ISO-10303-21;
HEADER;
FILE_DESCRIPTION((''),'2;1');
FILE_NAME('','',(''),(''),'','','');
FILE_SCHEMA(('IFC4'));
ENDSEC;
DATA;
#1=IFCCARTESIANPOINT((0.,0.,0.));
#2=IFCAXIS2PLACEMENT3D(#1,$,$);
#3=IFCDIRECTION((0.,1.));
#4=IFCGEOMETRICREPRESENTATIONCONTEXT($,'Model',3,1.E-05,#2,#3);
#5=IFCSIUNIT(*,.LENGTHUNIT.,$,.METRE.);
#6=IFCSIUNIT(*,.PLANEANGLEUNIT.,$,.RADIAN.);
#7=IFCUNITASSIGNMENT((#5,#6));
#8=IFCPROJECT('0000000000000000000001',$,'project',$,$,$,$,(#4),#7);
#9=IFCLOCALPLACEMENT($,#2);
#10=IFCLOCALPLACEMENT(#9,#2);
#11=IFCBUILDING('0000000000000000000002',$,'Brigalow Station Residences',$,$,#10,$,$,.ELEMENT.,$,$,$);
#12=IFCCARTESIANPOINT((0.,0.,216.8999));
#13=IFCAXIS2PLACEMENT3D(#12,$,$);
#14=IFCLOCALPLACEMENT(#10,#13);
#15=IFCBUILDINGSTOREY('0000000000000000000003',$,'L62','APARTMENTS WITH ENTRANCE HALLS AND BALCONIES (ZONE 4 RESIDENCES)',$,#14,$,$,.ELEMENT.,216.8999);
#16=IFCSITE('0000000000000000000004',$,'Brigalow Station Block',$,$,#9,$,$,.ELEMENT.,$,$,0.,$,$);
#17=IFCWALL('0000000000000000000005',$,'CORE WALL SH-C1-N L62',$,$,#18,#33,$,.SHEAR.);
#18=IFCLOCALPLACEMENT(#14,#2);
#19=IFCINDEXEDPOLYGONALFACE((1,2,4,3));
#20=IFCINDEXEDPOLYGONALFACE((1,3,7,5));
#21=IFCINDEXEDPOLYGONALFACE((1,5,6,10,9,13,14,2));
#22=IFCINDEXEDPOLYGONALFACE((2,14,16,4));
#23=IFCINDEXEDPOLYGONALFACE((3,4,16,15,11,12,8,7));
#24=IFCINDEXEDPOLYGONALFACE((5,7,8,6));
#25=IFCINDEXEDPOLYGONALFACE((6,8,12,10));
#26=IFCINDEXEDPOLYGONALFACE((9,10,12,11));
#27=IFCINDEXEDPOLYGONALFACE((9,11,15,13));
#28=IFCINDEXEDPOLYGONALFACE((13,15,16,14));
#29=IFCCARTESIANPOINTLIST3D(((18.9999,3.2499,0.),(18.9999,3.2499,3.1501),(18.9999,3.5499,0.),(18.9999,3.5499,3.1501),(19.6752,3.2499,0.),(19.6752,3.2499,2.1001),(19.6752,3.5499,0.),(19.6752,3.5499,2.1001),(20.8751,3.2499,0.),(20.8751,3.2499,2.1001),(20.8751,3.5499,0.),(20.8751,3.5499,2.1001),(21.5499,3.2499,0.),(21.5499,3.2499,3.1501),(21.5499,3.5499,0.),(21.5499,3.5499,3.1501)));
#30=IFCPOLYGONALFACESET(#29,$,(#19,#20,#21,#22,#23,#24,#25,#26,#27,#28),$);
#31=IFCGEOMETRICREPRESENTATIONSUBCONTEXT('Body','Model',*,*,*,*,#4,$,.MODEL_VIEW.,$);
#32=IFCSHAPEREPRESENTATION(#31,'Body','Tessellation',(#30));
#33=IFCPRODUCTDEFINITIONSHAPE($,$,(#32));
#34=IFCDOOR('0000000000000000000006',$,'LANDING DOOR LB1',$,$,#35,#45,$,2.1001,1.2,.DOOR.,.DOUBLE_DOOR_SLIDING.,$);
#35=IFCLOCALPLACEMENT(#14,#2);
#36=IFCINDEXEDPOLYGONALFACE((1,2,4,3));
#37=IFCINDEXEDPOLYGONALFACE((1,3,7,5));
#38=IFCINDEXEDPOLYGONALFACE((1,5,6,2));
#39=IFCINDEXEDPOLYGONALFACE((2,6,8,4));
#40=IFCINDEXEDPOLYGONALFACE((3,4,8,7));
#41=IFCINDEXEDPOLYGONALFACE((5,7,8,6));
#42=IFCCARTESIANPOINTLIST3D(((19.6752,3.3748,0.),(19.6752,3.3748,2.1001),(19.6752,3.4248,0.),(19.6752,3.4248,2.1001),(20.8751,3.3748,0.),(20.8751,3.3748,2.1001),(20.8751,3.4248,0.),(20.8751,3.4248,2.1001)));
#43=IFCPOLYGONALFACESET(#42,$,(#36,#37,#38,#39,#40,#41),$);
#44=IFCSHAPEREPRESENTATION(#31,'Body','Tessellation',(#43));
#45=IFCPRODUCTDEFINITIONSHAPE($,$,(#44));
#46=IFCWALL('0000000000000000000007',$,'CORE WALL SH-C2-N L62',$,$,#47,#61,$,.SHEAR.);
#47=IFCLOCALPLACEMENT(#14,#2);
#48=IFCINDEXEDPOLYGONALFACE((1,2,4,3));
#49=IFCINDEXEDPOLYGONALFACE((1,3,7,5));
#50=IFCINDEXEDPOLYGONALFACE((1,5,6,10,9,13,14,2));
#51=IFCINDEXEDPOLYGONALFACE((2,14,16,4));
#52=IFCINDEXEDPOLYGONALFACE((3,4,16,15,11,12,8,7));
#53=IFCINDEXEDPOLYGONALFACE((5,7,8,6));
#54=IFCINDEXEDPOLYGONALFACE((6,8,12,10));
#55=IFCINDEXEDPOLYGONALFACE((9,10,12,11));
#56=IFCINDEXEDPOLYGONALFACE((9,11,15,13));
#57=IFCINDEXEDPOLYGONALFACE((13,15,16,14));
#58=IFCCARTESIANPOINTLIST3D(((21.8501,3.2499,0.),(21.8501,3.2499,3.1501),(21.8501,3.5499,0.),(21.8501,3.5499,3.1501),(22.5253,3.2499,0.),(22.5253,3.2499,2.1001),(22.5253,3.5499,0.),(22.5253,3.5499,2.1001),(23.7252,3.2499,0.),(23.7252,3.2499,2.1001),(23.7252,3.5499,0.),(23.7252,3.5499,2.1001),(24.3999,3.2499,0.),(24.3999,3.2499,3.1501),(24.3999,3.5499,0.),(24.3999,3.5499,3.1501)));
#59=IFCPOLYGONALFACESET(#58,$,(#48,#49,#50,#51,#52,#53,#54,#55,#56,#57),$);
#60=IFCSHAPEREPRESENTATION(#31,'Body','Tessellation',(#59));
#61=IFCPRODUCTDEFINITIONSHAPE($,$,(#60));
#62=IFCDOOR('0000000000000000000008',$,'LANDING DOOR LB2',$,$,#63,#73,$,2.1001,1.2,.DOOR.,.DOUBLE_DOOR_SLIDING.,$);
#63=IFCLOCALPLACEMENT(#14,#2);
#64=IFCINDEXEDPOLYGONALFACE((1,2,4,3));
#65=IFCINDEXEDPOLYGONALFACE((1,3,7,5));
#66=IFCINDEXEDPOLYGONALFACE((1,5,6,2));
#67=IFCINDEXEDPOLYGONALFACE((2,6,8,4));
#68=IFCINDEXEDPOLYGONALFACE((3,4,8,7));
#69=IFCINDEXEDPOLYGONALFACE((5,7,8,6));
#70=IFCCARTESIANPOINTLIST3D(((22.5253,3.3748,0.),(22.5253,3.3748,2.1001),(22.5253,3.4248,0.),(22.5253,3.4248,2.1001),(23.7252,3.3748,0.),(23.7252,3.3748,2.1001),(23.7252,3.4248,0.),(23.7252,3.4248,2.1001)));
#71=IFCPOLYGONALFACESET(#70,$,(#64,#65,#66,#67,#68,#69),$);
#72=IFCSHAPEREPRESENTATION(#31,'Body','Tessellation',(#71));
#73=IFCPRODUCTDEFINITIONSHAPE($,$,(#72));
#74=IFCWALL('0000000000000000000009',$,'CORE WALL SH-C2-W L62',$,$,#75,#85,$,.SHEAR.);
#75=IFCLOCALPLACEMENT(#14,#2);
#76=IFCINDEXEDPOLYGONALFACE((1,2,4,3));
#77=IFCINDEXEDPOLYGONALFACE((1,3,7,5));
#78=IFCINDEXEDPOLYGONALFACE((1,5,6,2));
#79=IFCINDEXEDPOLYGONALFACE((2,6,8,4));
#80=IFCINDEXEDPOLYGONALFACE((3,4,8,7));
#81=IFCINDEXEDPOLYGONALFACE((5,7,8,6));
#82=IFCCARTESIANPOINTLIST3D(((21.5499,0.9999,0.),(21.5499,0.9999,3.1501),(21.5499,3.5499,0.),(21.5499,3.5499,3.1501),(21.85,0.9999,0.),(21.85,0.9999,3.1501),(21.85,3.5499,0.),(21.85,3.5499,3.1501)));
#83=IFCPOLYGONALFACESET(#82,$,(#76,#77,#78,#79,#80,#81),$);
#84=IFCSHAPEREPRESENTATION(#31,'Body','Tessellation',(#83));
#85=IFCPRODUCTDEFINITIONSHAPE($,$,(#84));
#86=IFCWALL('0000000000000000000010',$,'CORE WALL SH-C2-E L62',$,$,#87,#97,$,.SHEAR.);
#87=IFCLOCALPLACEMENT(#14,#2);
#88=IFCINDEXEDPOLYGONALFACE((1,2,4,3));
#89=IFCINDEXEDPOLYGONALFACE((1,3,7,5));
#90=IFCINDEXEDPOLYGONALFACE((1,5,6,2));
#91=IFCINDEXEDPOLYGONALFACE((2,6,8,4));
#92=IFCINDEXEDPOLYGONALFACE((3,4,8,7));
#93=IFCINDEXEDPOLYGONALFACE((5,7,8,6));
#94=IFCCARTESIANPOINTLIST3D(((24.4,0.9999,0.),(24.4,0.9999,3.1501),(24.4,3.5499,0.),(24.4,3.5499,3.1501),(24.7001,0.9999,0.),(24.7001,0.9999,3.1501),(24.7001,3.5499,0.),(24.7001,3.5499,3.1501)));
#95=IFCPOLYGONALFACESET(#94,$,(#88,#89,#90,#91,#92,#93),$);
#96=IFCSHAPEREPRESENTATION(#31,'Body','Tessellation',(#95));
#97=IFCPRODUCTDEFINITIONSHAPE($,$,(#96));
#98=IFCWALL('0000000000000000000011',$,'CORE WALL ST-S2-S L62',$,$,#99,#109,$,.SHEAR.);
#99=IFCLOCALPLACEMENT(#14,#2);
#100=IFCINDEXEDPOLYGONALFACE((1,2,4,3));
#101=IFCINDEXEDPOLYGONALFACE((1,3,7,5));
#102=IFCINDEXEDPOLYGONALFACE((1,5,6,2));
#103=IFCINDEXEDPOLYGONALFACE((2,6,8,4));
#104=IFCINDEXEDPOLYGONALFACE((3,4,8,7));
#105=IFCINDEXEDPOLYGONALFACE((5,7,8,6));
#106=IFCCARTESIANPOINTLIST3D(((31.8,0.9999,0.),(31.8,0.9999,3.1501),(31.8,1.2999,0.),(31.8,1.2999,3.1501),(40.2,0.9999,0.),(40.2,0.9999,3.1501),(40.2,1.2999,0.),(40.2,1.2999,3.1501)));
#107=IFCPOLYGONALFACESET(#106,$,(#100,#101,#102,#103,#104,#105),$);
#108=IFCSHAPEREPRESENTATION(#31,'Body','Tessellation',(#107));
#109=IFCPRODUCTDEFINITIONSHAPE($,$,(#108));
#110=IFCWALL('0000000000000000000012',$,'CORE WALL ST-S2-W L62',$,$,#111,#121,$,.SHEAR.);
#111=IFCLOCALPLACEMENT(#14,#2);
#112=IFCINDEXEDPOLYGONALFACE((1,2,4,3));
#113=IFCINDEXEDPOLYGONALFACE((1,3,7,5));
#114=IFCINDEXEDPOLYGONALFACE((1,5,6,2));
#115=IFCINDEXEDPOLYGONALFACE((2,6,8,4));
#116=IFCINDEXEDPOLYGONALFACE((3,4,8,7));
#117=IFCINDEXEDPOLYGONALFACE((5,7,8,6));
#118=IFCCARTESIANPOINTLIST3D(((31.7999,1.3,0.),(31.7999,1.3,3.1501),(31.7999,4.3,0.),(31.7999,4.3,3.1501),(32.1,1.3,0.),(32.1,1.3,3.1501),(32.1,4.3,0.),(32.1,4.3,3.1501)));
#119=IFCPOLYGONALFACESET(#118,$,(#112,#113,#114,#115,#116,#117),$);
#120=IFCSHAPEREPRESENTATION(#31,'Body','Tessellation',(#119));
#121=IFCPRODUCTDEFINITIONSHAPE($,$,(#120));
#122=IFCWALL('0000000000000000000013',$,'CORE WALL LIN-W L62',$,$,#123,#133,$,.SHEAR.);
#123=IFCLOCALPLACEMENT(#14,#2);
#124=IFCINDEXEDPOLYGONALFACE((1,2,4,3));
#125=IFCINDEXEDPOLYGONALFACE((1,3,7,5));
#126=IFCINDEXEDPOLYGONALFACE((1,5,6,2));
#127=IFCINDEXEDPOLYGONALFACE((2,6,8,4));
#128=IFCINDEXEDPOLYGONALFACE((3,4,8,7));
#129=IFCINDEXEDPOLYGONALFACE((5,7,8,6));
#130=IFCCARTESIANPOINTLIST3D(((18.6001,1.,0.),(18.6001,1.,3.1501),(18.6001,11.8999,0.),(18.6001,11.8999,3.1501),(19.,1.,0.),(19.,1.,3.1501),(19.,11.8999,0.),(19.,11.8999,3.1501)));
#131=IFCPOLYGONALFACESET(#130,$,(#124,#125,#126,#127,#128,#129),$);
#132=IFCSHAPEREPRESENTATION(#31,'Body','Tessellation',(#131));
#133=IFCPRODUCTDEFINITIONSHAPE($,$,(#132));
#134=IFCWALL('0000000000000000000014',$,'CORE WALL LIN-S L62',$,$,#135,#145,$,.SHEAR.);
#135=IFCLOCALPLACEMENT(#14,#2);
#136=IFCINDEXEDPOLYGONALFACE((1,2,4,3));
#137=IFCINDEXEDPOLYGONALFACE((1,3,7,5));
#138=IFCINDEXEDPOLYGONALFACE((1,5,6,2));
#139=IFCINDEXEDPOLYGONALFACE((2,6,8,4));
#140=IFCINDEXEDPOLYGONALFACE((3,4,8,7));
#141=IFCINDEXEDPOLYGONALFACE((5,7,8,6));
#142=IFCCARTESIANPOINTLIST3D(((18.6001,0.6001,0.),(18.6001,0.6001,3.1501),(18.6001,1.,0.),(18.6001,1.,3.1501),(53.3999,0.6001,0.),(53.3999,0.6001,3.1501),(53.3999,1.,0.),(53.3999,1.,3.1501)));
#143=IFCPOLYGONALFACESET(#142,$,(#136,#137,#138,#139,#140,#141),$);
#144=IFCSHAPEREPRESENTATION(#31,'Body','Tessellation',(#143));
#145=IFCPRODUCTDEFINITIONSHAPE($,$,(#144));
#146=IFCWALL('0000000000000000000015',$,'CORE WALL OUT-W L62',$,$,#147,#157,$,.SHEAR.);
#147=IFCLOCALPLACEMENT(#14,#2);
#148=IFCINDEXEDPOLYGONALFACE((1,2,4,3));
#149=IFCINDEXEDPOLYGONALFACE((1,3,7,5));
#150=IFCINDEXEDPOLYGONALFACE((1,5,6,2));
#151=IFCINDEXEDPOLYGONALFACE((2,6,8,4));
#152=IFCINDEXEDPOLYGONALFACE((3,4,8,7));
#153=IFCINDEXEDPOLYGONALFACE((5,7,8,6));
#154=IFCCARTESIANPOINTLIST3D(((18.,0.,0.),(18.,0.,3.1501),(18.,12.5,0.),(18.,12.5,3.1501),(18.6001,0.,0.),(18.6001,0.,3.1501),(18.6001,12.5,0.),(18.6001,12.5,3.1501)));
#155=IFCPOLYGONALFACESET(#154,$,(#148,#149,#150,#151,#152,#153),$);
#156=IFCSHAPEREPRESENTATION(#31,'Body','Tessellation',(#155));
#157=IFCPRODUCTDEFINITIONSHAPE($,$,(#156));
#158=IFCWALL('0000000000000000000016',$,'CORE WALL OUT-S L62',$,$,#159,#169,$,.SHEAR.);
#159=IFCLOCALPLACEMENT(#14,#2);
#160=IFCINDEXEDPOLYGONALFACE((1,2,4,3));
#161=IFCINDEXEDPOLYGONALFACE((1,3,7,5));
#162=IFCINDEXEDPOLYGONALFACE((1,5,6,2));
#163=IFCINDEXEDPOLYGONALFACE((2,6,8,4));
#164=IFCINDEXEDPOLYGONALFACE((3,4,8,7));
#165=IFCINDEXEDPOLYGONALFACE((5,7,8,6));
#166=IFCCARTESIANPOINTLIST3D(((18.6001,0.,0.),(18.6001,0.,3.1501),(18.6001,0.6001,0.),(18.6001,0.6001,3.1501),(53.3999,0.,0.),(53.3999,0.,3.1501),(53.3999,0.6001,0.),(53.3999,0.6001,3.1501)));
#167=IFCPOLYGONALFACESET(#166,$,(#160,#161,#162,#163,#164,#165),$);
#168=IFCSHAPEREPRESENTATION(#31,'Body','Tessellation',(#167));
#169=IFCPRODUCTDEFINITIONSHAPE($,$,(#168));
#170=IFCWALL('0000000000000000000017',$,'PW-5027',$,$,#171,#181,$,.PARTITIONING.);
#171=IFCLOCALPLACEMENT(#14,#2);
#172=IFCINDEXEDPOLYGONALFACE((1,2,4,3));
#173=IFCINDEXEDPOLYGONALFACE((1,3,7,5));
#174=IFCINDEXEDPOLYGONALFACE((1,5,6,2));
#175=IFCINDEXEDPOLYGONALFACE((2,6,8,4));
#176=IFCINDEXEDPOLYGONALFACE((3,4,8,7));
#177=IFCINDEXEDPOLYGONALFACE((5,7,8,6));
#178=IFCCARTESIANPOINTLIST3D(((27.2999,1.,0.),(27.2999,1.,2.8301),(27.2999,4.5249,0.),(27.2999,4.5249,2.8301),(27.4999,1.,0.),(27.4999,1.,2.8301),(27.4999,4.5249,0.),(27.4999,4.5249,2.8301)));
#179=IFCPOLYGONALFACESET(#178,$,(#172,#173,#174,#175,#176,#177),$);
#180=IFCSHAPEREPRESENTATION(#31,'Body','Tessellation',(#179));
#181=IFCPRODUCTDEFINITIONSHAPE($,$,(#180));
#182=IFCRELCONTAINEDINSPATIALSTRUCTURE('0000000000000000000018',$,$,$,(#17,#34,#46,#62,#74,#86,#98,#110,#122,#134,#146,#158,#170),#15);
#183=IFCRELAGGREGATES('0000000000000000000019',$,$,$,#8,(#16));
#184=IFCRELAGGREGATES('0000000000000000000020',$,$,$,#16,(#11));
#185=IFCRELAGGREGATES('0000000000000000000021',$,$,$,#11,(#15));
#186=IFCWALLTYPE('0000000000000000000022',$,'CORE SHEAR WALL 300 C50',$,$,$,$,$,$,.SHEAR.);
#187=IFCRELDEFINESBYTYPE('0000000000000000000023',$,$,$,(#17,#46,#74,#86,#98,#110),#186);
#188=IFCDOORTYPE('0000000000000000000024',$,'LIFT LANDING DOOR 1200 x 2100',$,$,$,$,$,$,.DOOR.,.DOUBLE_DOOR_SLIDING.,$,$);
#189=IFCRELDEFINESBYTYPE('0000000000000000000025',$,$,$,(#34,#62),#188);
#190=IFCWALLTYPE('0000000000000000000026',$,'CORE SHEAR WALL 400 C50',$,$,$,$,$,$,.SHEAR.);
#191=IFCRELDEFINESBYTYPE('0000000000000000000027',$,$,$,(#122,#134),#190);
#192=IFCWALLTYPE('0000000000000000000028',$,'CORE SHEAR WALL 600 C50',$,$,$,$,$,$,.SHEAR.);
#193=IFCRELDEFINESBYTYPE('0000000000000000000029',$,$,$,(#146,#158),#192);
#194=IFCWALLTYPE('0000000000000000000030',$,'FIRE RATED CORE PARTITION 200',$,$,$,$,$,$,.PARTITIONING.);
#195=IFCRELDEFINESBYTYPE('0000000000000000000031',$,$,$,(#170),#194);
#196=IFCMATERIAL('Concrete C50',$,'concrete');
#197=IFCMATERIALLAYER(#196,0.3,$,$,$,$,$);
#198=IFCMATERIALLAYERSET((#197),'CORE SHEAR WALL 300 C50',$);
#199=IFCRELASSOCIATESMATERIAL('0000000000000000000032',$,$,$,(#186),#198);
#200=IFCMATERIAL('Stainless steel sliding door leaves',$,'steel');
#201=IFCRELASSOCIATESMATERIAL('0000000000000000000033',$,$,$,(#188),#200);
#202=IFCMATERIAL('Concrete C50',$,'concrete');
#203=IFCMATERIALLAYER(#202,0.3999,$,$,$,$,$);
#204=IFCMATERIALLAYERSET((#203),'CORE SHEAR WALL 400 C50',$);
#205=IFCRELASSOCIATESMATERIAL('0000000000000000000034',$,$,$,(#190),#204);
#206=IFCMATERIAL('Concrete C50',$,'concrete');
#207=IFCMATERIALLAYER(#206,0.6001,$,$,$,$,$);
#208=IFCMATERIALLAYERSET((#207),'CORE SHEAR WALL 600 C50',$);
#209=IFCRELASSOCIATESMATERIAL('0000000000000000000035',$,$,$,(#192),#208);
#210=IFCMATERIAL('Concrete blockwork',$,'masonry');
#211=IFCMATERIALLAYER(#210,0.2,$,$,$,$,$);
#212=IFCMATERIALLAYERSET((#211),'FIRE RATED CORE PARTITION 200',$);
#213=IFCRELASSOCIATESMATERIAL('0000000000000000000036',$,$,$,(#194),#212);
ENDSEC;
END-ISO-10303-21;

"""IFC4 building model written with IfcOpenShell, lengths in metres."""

from ifc_helpers import new_model, si_unit, direction, frame, frame_2d, origin, place, context, subcontext, project, spatial, rectangle, extrude, material, layer, layer_set, type_object, element, fill, save


model = new_model("IFC4")

# Units and contexts
model_context = context("Model", 3, precision=1e-05, world=origin(), true_north=direction((0.0, 1.0)))
body_context = subcontext(model_context, "Body", "Model", "MODEL_VIEW")
ifc_project = project(units=[si_unit("LENGTHUNIT", "METRE"), si_unit("PLANEANGLEUNIT", "RADIAN")], contexts=[model_context])

# Site, building, storey
site_placement = place(None, origin())
site = spatial("IfcSite", under=ifc_project, at=site_placement, Name="Brigalow Station Block", CompositionType="ELEMENT", RefElevation=0.0)
building_placement = place(site_placement, origin())
building = spatial("IfcBuilding", under=site, at=building_placement, Name="Brigalow Station Residences", CompositionType="ELEMENT")
storey_placement = place(building_placement, frame((0.0, 0.0, 216.8999)))
storey = spatial("IfcBuildingStorey", under=building, at=storey_placement, Name="L62", Description="APARTMENTS WITH ENTRANCE HALLS AND BALCONIES (ZONE 4 RESIDENCES)", CompositionType="ELEMENT", Elevation=216.8999)

# Walls, openings, doors
ifc_material_1 = material(Name="Concrete C50", Category="concrete")
ifc_layer_1 = layer(ifc_material_1, 0.3)
ifc_layer_set_1 = layer_set([ifc_layer_1], Name="CORE SHEAR WALL 300 C50")
wall_type_1 = type_object("IfcWallType", Name="CORE SHEAR WALL 300 C50", PredefinedType="SHEAR", material=ifc_layer_set_1)
wall_1_placement = place(storey_placement, frame((19.0, 3.3999, 0.0), z_axis=(0.0, 0.0, 1.0), x_axis=(1.0, 0.0, 0.0)))
wall_1 = element("IfcWall", 1, at=wall_1_placement, inside=storey, type_object=wall_type_1, Name="CORE WALL SH-C1-N L62", PredefinedType="SHEAR", context=body_context, shape_type="SweptSolid", body=[
    extrude(rectangle(XDim=2.55, YDim=0.3, at=frame_2d((1.2749, 0.0))), origin(), (0.0, 0.0, 1.0), 3.1501),
])
opening_1_placement = place(wall_1_placement, frame((0.675, 0.0, 0.0)))
opening_1 = element("IfcOpeningElement", 2, at=opening_1_placement, cuts=wall_1, PredefinedType="OPENING", context=body_context, shape_type="SweptSolid", body=[
    extrude(rectangle(XDim=1.2, YDim=2.1001, at=frame_2d((0.6001, 1.05))), frame((0.0, 0.1602, 0.0), z_axis=(0.0, -1.0, 0.0), x_axis=(1.0, 0.0, 0.0)), (0.0, 0.0, 1.0), 0.3201),
])
ifc_material_2 = material(Name="Stainless steel sliding door leaves", Category="steel")
door_type = type_object("IfcDoorType", Name="LIFT LANDING DOOR 1200 x 2100", OperationType="DOUBLE_DOOR_SLIDING", PredefinedType="DOOR", material=ifc_material_2)
door_1_placement = place(opening_1_placement, origin())
door_1 = element("IfcDoor", 3, at=door_1_placement, inside=storey, type_object=door_type, Name="LANDING DOOR LB1", OperationType="DOUBLE_DOOR_SLIDING", OverallHeight=2.1001, OverallWidth=1.2, PredefinedType="DOOR", context=body_context, shape_type="SweptSolid", body=[
    extrude(rectangle(XDim=1.2, YDim=2.1001, at=frame_2d((0.6001, 1.05))), frame((0.0, 0.0249, 0.0), z_axis=(0.0, -1.0, 0.0), x_axis=(1.0, 0.0, 0.0)), (0.0, 0.0, 1.0), 0.05),
])
fill(opening_1, door_1)
wall_2_placement = place(storey_placement, frame((21.8501, 3.3999, 0.0), z_axis=(0.0, 0.0, 1.0), x_axis=(1.0, 0.0, 0.0)))
wall_2 = element("IfcWall", 4, at=wall_2_placement, inside=storey, type_object=wall_type_1, Name="CORE WALL SH-C2-N L62", PredefinedType="SHEAR", context=body_context, shape_type="SweptSolid", body=[
    extrude(rectangle(XDim=2.5498, YDim=0.3, at=frame_2d((1.2749, 0.0))), origin(), (0.0, 0.0, 1.0), 3.1501),
])
opening_2_placement = place(wall_2_placement, frame((0.675, 0.0, 0.0)))
opening_2 = element("IfcOpeningElement", 5, at=opening_2_placement, cuts=wall_2, PredefinedType="OPENING", context=body_context, shape_type="SweptSolid", body=[
    extrude(rectangle(XDim=1.2, YDim=2.1001, at=frame_2d((0.6001, 1.05))), frame((0.0, 0.1602, 0.0), z_axis=(0.0, -1.0, 0.0), x_axis=(1.0, 0.0, 0.0)), (0.0, 0.0, 1.0), 0.3201),
])
door_2_placement = place(opening_2_placement, origin())
door_2 = element("IfcDoor", 6, at=door_2_placement, inside=storey, type_object=door_type, Name="LANDING DOOR LB2", OperationType="DOUBLE_DOOR_SLIDING", OverallHeight=2.1001, OverallWidth=1.2, PredefinedType="DOOR", context=body_context, shape_type="SweptSolid", body=[
    extrude(rectangle(XDim=1.2, YDim=2.1001, at=frame_2d((0.6001, 1.05))), frame((0.0, 0.0249, 0.0), z_axis=(0.0, -1.0, 0.0), x_axis=(1.0, 0.0, 0.0)), (0.0, 0.0, 1.0), 0.05),
])
fill(opening_2, door_2)

# Walls
for number, where, z_axis, x_axis, name in (
    (7, (21.7, 1.0, 0.0), (0.0, 0.0, 1.0), (0.0, 1.0, 0.0), "CORE WALL SH-C2-W L62"),
    (8, (24.55, 1.0, 0.0), (0.0, 0.0, 1.0), (0.0, 1.0, 0.0), "CORE WALL SH-C2-E L62"),
):
    element("IfcWall", number, at=place(storey_placement, frame(where, z_axis=z_axis, x_axis=x_axis)), inside=storey, type_object=wall_type_1, Name=name, PredefinedType="SHEAR", context=body_context, shape_type="SweptSolid", body=[
        extrude(rectangle(XDim=2.55, YDim=0.3, at=frame_2d((1.2749, 0.0))), origin(), (0.0, 0.0, 1.0), 3.1501),
    ])
wall_3_placement = place(storey_placement, frame((31.8, 1.1499, 0.0), z_axis=(0.0, 0.0, 1.0), x_axis=(1.0, 0.0, 0.0)))
element("IfcWall", 9, at=wall_3_placement, inside=storey, type_object=wall_type_1, Name="CORE WALL ST-S2-S L62", PredefinedType="SHEAR", context=body_context, shape_type="SweptSolid", body=[
    extrude(rectangle(XDim=8.3999, YDim=0.3, at=frame_2d((4.2, 0.0))), origin(), (0.0, 0.0, 1.0), 3.1501),
])
wall_4_placement = place(storey_placement, frame((31.95, 1.3, 0.0), z_axis=(0.0, 0.0, 1.0), x_axis=(0.0, 1.0, 0.0)))
element("IfcWall", 10, at=wall_4_placement, inside=storey, type_object=wall_type_1, Name="CORE WALL ST-S2-W L62", PredefinedType="SHEAR", context=body_context, shape_type="SweptSolid", body=[
    extrude(rectangle(XDim=3.0, YDim=0.3, at=frame_2d((1.5, 0.0))), origin(), (0.0, 0.0, 1.0), 3.1501),
])
ifc_material_3 = material(Name="Concrete C50", Category="concrete")
ifc_layer_2 = layer(ifc_material_3, 0.3999)
ifc_layer_set_2 = layer_set([ifc_layer_2], Name="CORE SHEAR WALL 400 C50")
wall_type_2 = type_object("IfcWallType", Name="CORE SHEAR WALL 400 C50", PredefinedType="SHEAR", material=ifc_layer_set_2)
wall_5_placement = place(storey_placement, frame((18.8, 1.0, 0.0), z_axis=(0.0, 0.0, 1.0), x_axis=(0.0, 1.0, 0.0)))
element("IfcWall", 11, at=wall_5_placement, inside=storey, type_object=wall_type_2, Name="CORE WALL LIN-W L62", PredefinedType="SHEAR", context=body_context, shape_type="SweptSolid", body=[
    extrude(rectangle(XDim=10.8999, YDim=0.3999, at=frame_2d((5.45, 0.0))), origin(), (0.0, 0.0, 1.0), 3.1501),
])
wall_6_placement = place(storey_placement, frame((18.6001, 0.8, 0.0), z_axis=(0.0, 0.0, 1.0), x_axis=(1.0, 0.0, 0.0)))
element("IfcWall", 12, at=wall_6_placement, inside=storey, type_object=wall_type_2, Name="CORE WALL LIN-S L62", PredefinedType="SHEAR", context=body_context, shape_type="SweptSolid", body=[
    extrude(rectangle(XDim=34.7998, YDim=0.3999, at=frame_2d((17.3999, 0.0))), origin(), (0.0, 0.0, 1.0), 3.1501),
])
ifc_material_4 = material(Name="Concrete C50", Category="concrete")
ifc_layer_3 = layer(ifc_material_4, 0.6001)
ifc_layer_set_3 = layer_set([ifc_layer_3], Name="CORE SHEAR WALL 600 C50")
wall_type_3 = type_object("IfcWallType", Name="CORE SHEAR WALL 600 C50", PredefinedType="SHEAR", material=ifc_layer_set_3)
wall_7_placement = place(storey_placement, frame((18.3, 0.0, 0.0), z_axis=(0.0, 0.0, 1.0), x_axis=(0.0, 1.0, 0.0)))
element("IfcWall", 13, at=wall_7_placement, inside=storey, type_object=wall_type_3, Name="CORE WALL OUT-W L62", PredefinedType="SHEAR", context=body_context, shape_type="SweptSolid", body=[
    extrude(rectangle(XDim=12.5, YDim=0.6001, at=frame_2d((6.25, 0.0))), origin(), (0.0, 0.0, 1.0), 3.1501),
])
wall_8_placement = place(storey_placement, frame((18.6001, 0.3, 0.0), z_axis=(0.0, 0.0, 1.0), x_axis=(1.0, 0.0, 0.0)))
element("IfcWall", 14, at=wall_8_placement, inside=storey, type_object=wall_type_3, Name="CORE WALL OUT-S L62", PredefinedType="SHEAR", context=body_context, shape_type="SweptSolid", body=[
    extrude(rectangle(XDim=34.7998, YDim=0.6001, at=frame_2d((17.3999, 0.0))), origin(), (0.0, 0.0, 1.0), 3.1501),
])
ifc_material_5 = material(Name="Concrete blockwork", Category="masonry")
ifc_layer_4 = layer(ifc_material_5, 0.2)
ifc_layer_set_4 = layer_set([ifc_layer_4], Name="FIRE RATED CORE PARTITION 200")
wall_type_4 = type_object("IfcWallType", Name="FIRE RATED CORE PARTITION 200", PredefinedType="PARTITIONING", material=ifc_layer_set_4)
wall_9_placement = place(storey_placement, frame((27.3999, 1.0, 0.0), z_axis=(0.0, 0.0, 1.0), x_axis=(0.0, 1.0, 0.0)))
element("IfcWall", 15, at=wall_9_placement, inside=storey, type_object=wall_type_4, Name="PW-5027", PredefinedType="PARTITIONING", context=body_context, shape_type="SweptSolid", body=[
    extrude(rectangle(XDim=3.5249, YDim=0.2, at=frame_2d((1.7625, 0.0))), origin(), (0.0, 0.0, 1.0), 2.8301),
])

save(model, "model.ifc")
